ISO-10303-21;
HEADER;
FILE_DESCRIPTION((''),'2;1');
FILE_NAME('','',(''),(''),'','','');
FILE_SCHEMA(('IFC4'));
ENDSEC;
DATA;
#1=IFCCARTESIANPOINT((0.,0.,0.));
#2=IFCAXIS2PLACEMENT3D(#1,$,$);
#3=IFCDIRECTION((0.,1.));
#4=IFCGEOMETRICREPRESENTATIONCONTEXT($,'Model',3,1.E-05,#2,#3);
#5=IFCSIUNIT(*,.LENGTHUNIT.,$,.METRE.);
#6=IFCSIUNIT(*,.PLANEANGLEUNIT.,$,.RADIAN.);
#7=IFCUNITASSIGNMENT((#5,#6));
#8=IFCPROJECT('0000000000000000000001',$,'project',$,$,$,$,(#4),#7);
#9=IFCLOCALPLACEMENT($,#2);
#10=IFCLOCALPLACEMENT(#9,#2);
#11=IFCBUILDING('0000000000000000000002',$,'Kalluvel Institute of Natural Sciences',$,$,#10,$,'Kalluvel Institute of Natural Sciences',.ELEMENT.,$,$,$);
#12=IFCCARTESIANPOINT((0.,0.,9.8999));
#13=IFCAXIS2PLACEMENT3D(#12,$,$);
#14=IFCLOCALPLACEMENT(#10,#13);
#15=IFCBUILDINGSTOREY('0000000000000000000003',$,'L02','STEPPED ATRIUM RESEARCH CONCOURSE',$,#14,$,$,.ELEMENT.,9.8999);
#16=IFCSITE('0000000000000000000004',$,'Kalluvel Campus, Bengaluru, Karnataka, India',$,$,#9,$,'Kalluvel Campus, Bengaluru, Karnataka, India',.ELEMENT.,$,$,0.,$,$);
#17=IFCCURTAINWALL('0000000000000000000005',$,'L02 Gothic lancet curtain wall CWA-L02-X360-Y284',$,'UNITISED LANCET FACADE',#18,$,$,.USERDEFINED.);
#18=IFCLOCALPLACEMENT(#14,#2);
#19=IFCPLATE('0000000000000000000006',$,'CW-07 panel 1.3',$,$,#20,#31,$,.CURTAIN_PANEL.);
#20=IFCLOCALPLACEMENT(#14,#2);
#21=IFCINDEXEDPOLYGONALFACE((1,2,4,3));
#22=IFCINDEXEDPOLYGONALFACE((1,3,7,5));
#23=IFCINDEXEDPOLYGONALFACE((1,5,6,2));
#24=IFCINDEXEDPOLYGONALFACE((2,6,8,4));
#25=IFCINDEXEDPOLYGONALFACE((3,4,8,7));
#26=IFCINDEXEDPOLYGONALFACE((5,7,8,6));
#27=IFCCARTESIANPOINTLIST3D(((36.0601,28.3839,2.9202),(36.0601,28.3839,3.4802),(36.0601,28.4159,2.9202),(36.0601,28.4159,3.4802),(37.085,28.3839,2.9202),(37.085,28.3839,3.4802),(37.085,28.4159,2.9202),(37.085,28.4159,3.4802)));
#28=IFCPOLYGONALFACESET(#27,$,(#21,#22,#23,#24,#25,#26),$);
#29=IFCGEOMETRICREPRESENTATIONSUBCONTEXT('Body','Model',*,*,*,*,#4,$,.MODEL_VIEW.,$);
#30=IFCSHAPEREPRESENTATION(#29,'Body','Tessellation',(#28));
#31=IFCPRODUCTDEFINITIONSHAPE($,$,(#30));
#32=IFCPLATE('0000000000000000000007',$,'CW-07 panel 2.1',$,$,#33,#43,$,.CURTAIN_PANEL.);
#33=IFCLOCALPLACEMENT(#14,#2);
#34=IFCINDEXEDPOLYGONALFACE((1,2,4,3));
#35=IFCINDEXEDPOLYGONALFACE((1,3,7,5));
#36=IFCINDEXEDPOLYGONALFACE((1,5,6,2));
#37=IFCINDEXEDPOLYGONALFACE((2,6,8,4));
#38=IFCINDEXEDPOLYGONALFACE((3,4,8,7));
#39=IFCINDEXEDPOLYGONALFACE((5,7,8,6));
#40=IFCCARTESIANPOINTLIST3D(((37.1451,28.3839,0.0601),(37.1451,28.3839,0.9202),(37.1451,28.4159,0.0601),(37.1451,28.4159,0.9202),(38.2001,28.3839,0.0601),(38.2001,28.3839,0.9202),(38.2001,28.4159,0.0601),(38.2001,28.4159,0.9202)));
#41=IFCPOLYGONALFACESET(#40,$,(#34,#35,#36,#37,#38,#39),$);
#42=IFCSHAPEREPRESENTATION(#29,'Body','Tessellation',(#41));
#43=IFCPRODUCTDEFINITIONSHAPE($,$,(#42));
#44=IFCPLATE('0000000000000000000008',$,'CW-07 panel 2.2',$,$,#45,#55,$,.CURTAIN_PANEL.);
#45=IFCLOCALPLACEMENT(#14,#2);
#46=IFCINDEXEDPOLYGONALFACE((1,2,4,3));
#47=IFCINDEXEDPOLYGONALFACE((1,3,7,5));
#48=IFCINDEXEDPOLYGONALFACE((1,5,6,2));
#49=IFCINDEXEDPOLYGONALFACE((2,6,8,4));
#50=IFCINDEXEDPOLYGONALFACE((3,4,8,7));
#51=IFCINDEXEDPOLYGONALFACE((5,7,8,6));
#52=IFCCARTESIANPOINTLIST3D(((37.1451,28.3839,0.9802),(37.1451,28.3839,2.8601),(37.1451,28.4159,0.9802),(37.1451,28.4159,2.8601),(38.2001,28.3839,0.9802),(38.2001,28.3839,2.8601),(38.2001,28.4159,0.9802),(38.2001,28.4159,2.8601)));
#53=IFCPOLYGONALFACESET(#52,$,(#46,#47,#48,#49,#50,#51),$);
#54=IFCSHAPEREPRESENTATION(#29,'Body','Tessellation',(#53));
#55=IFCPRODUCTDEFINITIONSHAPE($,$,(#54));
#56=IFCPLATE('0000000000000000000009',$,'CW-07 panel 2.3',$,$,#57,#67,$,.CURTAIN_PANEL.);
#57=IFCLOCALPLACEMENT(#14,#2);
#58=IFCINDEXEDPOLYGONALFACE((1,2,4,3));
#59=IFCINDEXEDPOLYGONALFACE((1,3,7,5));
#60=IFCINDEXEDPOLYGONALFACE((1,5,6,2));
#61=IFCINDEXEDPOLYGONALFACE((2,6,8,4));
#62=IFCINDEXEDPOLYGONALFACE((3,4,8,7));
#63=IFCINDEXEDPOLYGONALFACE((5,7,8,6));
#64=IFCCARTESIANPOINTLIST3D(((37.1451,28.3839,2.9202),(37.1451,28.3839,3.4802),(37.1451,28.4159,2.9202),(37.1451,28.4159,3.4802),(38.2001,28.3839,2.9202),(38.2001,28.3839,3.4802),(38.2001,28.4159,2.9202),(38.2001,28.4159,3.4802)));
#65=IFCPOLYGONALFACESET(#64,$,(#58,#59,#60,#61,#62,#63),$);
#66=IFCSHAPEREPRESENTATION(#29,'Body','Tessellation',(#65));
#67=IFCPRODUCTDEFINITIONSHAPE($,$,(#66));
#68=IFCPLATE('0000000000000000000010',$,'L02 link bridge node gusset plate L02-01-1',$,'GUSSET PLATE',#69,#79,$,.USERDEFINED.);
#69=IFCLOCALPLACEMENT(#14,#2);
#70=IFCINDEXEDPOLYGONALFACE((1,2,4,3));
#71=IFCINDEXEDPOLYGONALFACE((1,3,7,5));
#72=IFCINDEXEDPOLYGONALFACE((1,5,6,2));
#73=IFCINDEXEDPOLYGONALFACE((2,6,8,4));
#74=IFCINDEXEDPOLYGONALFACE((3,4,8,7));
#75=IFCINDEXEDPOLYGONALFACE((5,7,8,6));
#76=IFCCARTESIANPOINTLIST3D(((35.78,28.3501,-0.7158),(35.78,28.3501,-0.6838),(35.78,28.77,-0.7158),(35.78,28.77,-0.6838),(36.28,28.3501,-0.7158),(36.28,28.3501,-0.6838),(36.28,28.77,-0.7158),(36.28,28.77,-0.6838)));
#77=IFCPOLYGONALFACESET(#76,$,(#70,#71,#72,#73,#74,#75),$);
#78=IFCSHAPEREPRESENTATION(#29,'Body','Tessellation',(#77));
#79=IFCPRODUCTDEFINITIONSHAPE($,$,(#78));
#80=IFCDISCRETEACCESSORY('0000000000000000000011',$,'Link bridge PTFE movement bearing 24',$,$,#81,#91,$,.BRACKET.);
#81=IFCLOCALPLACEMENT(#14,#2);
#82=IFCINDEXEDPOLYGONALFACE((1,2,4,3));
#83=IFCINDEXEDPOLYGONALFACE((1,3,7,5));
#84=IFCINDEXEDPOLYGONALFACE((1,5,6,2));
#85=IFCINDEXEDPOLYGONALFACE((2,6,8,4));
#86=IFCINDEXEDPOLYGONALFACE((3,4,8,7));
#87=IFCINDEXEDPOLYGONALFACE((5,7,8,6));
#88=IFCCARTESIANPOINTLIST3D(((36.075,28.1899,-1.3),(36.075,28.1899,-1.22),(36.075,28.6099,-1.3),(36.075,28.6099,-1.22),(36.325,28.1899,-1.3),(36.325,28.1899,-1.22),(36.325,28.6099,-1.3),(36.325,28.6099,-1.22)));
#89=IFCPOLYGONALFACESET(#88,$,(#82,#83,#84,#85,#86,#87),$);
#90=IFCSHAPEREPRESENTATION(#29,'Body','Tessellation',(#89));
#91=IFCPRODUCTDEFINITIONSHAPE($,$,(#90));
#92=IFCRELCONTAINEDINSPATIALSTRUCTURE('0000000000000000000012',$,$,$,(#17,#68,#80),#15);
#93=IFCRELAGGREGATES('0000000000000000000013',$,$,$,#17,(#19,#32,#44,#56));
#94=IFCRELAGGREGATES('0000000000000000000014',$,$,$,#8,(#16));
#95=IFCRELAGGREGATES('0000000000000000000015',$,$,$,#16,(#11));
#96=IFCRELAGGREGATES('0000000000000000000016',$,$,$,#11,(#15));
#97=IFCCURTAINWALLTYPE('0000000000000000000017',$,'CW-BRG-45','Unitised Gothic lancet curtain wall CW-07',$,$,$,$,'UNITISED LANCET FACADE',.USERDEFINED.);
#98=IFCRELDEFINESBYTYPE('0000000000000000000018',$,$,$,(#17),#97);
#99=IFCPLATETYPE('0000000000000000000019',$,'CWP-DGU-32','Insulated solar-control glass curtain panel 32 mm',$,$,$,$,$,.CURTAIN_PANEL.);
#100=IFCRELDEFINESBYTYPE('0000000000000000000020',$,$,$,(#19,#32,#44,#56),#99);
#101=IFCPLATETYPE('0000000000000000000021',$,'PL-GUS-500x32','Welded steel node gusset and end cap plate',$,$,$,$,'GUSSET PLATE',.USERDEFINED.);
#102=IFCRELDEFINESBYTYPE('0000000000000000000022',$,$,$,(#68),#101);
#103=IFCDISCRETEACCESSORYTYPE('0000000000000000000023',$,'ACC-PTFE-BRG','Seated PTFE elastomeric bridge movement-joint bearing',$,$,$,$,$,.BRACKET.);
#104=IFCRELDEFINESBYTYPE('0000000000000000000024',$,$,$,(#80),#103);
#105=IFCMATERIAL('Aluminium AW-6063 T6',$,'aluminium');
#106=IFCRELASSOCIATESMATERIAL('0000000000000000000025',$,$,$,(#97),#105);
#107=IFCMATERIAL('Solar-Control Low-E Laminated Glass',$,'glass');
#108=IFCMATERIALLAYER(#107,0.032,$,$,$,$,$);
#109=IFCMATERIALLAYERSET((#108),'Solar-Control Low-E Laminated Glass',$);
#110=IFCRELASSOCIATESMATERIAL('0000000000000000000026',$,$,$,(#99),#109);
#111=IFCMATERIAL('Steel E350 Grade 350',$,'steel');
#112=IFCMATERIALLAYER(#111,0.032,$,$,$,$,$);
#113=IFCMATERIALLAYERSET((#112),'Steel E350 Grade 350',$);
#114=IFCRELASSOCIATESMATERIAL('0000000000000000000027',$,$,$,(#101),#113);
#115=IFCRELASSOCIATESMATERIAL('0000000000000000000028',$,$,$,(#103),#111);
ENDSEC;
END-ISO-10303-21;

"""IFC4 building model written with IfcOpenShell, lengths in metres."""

from ifc_helpers import new_model, si_unit, direction, frame, origin, origin_2d, place, context, subcontext, project, spatial, rectangle, extrude, material, layer, layer_set, type_object, element, aggregate, save


model = new_model("IFC4")

# Units and contexts
model_context = context("Model", 3, precision=1e-05, world=origin(), true_north=direction((0.0, 1.0)))
body_context = subcontext(model_context, "Body", "Model", "MODEL_VIEW")
ifc_project = project(units=[si_unit("LENGTHUNIT", "METRE"), si_unit("PLANEANGLEUNIT", "RADIAN")], contexts=[model_context])

# Site, building, storey
site_placement = place(None, origin())
site = spatial("IfcSite", under=ifc_project, at=site_placement, Name="Kalluvel Campus, Bengaluru, Karnataka, India", LongName="Kalluvel Campus, Bengaluru, Karnataka, India", CompositionType="ELEMENT", RefElevation=0.0)
building_placement = place(site_placement, origin())
building = spatial("IfcBuilding", under=site, at=building_placement, Name="Kalluvel Institute of Natural Sciences", LongName="Kalluvel Institute of Natural Sciences", CompositionType="ELEMENT")
storey_placement = place(building_placement, frame((0.0, 0.0, 9.8999)))
storey = spatial("IfcBuildingStorey", under=building, at=storey_placement, Name="L02", Description="STEPPED ATRIUM RESEARCH CONCOURSE", CompositionType="ELEMENT", Elevation=9.8999)

# Shared definitions
ifc_material_1 = material(Name="Steel E350 Grade 350", Category="steel")

# Shared definitions
ifc_material_2 = material(Name="Aluminium AW-6063 T6", Category="aluminium")

# Curtain wall
curtain_wall_type_1 = type_object("IfcCurtainWallType", Name="CW-BRG-45", Description="Unitised Gothic lancet curtain wall CW-07", ElementType="UNITISED LANCET FACADE", PredefinedType="USERDEFINED", material=ifc_material_2)
curtain_wall_1_placement = place(storey_placement, origin())
curtain_wall_1 = element("IfcCurtainWall", 1, at=curtain_wall_1_placement, inside=storey, type_object=curtain_wall_type_1, Name="L02 Gothic lancet curtain wall CWA-L02-X360-Y284", ObjectType="UNITISED LANCET FACADE", PredefinedType="USERDEFINED")

# Plates
ifc_material_3 = material(Name="Solar-Control Low-E Laminated Glass", Category="glass")
ifc_layer_1 = layer(ifc_material_3, 0.032)
ifc_layer_set_1 = layer_set([ifc_layer_1], Name="Solar-Control Low-E Laminated Glass")
plate_type_1 = type_object("IfcPlateType", Name="CWP-DGU-32", Description="Insulated solar-control glass curtain panel 32 mm", PredefinedType="CURTAIN_PANEL", material=ifc_layer_set_1)
plate_1_placement = place(storey_placement, frame((36.5725, 28.3999, 2.9202), z_axis=(0.0, 0.0, 1.0), x_axis=(1.0, 0.0, 0.0)))
plate_1 = element("IfcPlate", 2, at=plate_1_placement, type_object=plate_type_1, Name="CW-07 panel 1.3", PredefinedType="CURTAIN_PANEL", context=body_context, shape_type="SweptSolid", body=[
    extrude(rectangle(XDim=1.0249, YDim=0.032, at=origin_2d()), origin(), (0.0, 0.0, 1.0), 0.5601),
])
plate_2_placement = place(storey_placement, frame((37.6726, 28.3999, 0.0601), z_axis=(0.0, 0.0, 1.0), x_axis=(1.0, 0.0, 0.0)))
plate_2 = element("IfcPlate", 3, at=plate_2_placement, type_object=plate_type_1, Name="CW-07 panel 2.1", PredefinedType="CURTAIN_PANEL", context=body_context, shape_type="SweptSolid", body=[
    extrude(rectangle(XDim=1.0549, YDim=0.032, at=origin_2d()), origin(), (0.0, 0.0, 1.0), 0.8601),
])
plate_3_placement = place(storey_placement, frame((37.6726, 28.3999, 0.9802), z_axis=(0.0, 0.0, 1.0), x_axis=(1.0, 0.0, 0.0)))
plate_3 = element("IfcPlate", 4, at=plate_3_placement, type_object=plate_type_1, Name="CW-07 panel 2.2", PredefinedType="CURTAIN_PANEL", context=body_context, shape_type="SweptSolid", body=[
    extrude(rectangle(XDim=1.0549, YDim=0.032, at=origin_2d()), origin(), (0.0, 0.0, 1.0), 1.8799),
])
plate_4_placement = place(storey_placement, frame((37.6726, 28.3999, 2.9202), z_axis=(0.0, 0.0, 1.0), x_axis=(1.0, 0.0, 0.0)))
plate_4 = element("IfcPlate", 5, at=plate_4_placement, type_object=plate_type_1, Name="CW-07 panel 2.3", PredefinedType="CURTAIN_PANEL", context=body_context, shape_type="SweptSolid", body=[
    extrude(rectangle(XDim=1.0549, YDim=0.032, at=origin_2d()), origin(), (0.0, 0.0, 1.0), 0.5601),
])
aggregate(curtain_wall_1, [plate_1, plate_2, plate_3, plate_4])
ifc_layer_2 = layer(ifc_material_1, 0.032)
ifc_layer_set_2 = layer_set([ifc_layer_2], Name="Steel E350 Grade 350")
plate_type_2 = type_object("IfcPlateType", Name="PL-GUS-500x32", Description="Welded steel node gusset and end cap plate", ElementType="GUSSET PLATE", PredefinedType="USERDEFINED", material=ifc_layer_set_2)
plate_5_placement = place(storey_placement, frame((36.03, 28.5601, -0.7158), z_axis=(0.0, 0.0, 1.0), x_axis=(1.0, 0.0, 0.0)))
element("IfcPlate", 6, at=plate_5_placement, inside=storey, type_object=plate_type_2, Name="L02 link bridge node gusset plate L02-01-1", ObjectType="GUSSET PLATE", PredefinedType="USERDEFINED", context=body_context, shape_type="SweptSolid", body=[
    extrude(rectangle(XDim=0.5, YDim=0.4199, at=origin_2d()), origin(), (0.0, 0.0, 1.0), 0.032),
])

# Discrete accessory
discrete_accessory_type = type_object("IfcDiscreteAccessoryType", Name="ACC-PTFE-BRG", Description="Seated PTFE elastomeric bridge movement-joint bearing", PredefinedType="BRACKET", material=ifc_material_1)
discrete_accessory_placement = place(storey_placement, frame((36.2, 28.3999, -1.3), z_axis=(0.0, 0.0, 1.0), x_axis=(1.0, 0.0, 0.0)))
element("IfcDiscreteAccessory", 7, at=discrete_accessory_placement, inside=storey, type_object=discrete_accessory_type, Name="Link bridge PTFE movement bearing 24", PredefinedType="BRACKET", context=body_context, shape_type="SweptSolid", body=[
    extrude(rectangle(XDim=0.25, YDim=0.4199, at=origin_2d()), origin(), (0.0, 0.0, 1.0), 0.0801),
])

save(model, "model.ifc")
